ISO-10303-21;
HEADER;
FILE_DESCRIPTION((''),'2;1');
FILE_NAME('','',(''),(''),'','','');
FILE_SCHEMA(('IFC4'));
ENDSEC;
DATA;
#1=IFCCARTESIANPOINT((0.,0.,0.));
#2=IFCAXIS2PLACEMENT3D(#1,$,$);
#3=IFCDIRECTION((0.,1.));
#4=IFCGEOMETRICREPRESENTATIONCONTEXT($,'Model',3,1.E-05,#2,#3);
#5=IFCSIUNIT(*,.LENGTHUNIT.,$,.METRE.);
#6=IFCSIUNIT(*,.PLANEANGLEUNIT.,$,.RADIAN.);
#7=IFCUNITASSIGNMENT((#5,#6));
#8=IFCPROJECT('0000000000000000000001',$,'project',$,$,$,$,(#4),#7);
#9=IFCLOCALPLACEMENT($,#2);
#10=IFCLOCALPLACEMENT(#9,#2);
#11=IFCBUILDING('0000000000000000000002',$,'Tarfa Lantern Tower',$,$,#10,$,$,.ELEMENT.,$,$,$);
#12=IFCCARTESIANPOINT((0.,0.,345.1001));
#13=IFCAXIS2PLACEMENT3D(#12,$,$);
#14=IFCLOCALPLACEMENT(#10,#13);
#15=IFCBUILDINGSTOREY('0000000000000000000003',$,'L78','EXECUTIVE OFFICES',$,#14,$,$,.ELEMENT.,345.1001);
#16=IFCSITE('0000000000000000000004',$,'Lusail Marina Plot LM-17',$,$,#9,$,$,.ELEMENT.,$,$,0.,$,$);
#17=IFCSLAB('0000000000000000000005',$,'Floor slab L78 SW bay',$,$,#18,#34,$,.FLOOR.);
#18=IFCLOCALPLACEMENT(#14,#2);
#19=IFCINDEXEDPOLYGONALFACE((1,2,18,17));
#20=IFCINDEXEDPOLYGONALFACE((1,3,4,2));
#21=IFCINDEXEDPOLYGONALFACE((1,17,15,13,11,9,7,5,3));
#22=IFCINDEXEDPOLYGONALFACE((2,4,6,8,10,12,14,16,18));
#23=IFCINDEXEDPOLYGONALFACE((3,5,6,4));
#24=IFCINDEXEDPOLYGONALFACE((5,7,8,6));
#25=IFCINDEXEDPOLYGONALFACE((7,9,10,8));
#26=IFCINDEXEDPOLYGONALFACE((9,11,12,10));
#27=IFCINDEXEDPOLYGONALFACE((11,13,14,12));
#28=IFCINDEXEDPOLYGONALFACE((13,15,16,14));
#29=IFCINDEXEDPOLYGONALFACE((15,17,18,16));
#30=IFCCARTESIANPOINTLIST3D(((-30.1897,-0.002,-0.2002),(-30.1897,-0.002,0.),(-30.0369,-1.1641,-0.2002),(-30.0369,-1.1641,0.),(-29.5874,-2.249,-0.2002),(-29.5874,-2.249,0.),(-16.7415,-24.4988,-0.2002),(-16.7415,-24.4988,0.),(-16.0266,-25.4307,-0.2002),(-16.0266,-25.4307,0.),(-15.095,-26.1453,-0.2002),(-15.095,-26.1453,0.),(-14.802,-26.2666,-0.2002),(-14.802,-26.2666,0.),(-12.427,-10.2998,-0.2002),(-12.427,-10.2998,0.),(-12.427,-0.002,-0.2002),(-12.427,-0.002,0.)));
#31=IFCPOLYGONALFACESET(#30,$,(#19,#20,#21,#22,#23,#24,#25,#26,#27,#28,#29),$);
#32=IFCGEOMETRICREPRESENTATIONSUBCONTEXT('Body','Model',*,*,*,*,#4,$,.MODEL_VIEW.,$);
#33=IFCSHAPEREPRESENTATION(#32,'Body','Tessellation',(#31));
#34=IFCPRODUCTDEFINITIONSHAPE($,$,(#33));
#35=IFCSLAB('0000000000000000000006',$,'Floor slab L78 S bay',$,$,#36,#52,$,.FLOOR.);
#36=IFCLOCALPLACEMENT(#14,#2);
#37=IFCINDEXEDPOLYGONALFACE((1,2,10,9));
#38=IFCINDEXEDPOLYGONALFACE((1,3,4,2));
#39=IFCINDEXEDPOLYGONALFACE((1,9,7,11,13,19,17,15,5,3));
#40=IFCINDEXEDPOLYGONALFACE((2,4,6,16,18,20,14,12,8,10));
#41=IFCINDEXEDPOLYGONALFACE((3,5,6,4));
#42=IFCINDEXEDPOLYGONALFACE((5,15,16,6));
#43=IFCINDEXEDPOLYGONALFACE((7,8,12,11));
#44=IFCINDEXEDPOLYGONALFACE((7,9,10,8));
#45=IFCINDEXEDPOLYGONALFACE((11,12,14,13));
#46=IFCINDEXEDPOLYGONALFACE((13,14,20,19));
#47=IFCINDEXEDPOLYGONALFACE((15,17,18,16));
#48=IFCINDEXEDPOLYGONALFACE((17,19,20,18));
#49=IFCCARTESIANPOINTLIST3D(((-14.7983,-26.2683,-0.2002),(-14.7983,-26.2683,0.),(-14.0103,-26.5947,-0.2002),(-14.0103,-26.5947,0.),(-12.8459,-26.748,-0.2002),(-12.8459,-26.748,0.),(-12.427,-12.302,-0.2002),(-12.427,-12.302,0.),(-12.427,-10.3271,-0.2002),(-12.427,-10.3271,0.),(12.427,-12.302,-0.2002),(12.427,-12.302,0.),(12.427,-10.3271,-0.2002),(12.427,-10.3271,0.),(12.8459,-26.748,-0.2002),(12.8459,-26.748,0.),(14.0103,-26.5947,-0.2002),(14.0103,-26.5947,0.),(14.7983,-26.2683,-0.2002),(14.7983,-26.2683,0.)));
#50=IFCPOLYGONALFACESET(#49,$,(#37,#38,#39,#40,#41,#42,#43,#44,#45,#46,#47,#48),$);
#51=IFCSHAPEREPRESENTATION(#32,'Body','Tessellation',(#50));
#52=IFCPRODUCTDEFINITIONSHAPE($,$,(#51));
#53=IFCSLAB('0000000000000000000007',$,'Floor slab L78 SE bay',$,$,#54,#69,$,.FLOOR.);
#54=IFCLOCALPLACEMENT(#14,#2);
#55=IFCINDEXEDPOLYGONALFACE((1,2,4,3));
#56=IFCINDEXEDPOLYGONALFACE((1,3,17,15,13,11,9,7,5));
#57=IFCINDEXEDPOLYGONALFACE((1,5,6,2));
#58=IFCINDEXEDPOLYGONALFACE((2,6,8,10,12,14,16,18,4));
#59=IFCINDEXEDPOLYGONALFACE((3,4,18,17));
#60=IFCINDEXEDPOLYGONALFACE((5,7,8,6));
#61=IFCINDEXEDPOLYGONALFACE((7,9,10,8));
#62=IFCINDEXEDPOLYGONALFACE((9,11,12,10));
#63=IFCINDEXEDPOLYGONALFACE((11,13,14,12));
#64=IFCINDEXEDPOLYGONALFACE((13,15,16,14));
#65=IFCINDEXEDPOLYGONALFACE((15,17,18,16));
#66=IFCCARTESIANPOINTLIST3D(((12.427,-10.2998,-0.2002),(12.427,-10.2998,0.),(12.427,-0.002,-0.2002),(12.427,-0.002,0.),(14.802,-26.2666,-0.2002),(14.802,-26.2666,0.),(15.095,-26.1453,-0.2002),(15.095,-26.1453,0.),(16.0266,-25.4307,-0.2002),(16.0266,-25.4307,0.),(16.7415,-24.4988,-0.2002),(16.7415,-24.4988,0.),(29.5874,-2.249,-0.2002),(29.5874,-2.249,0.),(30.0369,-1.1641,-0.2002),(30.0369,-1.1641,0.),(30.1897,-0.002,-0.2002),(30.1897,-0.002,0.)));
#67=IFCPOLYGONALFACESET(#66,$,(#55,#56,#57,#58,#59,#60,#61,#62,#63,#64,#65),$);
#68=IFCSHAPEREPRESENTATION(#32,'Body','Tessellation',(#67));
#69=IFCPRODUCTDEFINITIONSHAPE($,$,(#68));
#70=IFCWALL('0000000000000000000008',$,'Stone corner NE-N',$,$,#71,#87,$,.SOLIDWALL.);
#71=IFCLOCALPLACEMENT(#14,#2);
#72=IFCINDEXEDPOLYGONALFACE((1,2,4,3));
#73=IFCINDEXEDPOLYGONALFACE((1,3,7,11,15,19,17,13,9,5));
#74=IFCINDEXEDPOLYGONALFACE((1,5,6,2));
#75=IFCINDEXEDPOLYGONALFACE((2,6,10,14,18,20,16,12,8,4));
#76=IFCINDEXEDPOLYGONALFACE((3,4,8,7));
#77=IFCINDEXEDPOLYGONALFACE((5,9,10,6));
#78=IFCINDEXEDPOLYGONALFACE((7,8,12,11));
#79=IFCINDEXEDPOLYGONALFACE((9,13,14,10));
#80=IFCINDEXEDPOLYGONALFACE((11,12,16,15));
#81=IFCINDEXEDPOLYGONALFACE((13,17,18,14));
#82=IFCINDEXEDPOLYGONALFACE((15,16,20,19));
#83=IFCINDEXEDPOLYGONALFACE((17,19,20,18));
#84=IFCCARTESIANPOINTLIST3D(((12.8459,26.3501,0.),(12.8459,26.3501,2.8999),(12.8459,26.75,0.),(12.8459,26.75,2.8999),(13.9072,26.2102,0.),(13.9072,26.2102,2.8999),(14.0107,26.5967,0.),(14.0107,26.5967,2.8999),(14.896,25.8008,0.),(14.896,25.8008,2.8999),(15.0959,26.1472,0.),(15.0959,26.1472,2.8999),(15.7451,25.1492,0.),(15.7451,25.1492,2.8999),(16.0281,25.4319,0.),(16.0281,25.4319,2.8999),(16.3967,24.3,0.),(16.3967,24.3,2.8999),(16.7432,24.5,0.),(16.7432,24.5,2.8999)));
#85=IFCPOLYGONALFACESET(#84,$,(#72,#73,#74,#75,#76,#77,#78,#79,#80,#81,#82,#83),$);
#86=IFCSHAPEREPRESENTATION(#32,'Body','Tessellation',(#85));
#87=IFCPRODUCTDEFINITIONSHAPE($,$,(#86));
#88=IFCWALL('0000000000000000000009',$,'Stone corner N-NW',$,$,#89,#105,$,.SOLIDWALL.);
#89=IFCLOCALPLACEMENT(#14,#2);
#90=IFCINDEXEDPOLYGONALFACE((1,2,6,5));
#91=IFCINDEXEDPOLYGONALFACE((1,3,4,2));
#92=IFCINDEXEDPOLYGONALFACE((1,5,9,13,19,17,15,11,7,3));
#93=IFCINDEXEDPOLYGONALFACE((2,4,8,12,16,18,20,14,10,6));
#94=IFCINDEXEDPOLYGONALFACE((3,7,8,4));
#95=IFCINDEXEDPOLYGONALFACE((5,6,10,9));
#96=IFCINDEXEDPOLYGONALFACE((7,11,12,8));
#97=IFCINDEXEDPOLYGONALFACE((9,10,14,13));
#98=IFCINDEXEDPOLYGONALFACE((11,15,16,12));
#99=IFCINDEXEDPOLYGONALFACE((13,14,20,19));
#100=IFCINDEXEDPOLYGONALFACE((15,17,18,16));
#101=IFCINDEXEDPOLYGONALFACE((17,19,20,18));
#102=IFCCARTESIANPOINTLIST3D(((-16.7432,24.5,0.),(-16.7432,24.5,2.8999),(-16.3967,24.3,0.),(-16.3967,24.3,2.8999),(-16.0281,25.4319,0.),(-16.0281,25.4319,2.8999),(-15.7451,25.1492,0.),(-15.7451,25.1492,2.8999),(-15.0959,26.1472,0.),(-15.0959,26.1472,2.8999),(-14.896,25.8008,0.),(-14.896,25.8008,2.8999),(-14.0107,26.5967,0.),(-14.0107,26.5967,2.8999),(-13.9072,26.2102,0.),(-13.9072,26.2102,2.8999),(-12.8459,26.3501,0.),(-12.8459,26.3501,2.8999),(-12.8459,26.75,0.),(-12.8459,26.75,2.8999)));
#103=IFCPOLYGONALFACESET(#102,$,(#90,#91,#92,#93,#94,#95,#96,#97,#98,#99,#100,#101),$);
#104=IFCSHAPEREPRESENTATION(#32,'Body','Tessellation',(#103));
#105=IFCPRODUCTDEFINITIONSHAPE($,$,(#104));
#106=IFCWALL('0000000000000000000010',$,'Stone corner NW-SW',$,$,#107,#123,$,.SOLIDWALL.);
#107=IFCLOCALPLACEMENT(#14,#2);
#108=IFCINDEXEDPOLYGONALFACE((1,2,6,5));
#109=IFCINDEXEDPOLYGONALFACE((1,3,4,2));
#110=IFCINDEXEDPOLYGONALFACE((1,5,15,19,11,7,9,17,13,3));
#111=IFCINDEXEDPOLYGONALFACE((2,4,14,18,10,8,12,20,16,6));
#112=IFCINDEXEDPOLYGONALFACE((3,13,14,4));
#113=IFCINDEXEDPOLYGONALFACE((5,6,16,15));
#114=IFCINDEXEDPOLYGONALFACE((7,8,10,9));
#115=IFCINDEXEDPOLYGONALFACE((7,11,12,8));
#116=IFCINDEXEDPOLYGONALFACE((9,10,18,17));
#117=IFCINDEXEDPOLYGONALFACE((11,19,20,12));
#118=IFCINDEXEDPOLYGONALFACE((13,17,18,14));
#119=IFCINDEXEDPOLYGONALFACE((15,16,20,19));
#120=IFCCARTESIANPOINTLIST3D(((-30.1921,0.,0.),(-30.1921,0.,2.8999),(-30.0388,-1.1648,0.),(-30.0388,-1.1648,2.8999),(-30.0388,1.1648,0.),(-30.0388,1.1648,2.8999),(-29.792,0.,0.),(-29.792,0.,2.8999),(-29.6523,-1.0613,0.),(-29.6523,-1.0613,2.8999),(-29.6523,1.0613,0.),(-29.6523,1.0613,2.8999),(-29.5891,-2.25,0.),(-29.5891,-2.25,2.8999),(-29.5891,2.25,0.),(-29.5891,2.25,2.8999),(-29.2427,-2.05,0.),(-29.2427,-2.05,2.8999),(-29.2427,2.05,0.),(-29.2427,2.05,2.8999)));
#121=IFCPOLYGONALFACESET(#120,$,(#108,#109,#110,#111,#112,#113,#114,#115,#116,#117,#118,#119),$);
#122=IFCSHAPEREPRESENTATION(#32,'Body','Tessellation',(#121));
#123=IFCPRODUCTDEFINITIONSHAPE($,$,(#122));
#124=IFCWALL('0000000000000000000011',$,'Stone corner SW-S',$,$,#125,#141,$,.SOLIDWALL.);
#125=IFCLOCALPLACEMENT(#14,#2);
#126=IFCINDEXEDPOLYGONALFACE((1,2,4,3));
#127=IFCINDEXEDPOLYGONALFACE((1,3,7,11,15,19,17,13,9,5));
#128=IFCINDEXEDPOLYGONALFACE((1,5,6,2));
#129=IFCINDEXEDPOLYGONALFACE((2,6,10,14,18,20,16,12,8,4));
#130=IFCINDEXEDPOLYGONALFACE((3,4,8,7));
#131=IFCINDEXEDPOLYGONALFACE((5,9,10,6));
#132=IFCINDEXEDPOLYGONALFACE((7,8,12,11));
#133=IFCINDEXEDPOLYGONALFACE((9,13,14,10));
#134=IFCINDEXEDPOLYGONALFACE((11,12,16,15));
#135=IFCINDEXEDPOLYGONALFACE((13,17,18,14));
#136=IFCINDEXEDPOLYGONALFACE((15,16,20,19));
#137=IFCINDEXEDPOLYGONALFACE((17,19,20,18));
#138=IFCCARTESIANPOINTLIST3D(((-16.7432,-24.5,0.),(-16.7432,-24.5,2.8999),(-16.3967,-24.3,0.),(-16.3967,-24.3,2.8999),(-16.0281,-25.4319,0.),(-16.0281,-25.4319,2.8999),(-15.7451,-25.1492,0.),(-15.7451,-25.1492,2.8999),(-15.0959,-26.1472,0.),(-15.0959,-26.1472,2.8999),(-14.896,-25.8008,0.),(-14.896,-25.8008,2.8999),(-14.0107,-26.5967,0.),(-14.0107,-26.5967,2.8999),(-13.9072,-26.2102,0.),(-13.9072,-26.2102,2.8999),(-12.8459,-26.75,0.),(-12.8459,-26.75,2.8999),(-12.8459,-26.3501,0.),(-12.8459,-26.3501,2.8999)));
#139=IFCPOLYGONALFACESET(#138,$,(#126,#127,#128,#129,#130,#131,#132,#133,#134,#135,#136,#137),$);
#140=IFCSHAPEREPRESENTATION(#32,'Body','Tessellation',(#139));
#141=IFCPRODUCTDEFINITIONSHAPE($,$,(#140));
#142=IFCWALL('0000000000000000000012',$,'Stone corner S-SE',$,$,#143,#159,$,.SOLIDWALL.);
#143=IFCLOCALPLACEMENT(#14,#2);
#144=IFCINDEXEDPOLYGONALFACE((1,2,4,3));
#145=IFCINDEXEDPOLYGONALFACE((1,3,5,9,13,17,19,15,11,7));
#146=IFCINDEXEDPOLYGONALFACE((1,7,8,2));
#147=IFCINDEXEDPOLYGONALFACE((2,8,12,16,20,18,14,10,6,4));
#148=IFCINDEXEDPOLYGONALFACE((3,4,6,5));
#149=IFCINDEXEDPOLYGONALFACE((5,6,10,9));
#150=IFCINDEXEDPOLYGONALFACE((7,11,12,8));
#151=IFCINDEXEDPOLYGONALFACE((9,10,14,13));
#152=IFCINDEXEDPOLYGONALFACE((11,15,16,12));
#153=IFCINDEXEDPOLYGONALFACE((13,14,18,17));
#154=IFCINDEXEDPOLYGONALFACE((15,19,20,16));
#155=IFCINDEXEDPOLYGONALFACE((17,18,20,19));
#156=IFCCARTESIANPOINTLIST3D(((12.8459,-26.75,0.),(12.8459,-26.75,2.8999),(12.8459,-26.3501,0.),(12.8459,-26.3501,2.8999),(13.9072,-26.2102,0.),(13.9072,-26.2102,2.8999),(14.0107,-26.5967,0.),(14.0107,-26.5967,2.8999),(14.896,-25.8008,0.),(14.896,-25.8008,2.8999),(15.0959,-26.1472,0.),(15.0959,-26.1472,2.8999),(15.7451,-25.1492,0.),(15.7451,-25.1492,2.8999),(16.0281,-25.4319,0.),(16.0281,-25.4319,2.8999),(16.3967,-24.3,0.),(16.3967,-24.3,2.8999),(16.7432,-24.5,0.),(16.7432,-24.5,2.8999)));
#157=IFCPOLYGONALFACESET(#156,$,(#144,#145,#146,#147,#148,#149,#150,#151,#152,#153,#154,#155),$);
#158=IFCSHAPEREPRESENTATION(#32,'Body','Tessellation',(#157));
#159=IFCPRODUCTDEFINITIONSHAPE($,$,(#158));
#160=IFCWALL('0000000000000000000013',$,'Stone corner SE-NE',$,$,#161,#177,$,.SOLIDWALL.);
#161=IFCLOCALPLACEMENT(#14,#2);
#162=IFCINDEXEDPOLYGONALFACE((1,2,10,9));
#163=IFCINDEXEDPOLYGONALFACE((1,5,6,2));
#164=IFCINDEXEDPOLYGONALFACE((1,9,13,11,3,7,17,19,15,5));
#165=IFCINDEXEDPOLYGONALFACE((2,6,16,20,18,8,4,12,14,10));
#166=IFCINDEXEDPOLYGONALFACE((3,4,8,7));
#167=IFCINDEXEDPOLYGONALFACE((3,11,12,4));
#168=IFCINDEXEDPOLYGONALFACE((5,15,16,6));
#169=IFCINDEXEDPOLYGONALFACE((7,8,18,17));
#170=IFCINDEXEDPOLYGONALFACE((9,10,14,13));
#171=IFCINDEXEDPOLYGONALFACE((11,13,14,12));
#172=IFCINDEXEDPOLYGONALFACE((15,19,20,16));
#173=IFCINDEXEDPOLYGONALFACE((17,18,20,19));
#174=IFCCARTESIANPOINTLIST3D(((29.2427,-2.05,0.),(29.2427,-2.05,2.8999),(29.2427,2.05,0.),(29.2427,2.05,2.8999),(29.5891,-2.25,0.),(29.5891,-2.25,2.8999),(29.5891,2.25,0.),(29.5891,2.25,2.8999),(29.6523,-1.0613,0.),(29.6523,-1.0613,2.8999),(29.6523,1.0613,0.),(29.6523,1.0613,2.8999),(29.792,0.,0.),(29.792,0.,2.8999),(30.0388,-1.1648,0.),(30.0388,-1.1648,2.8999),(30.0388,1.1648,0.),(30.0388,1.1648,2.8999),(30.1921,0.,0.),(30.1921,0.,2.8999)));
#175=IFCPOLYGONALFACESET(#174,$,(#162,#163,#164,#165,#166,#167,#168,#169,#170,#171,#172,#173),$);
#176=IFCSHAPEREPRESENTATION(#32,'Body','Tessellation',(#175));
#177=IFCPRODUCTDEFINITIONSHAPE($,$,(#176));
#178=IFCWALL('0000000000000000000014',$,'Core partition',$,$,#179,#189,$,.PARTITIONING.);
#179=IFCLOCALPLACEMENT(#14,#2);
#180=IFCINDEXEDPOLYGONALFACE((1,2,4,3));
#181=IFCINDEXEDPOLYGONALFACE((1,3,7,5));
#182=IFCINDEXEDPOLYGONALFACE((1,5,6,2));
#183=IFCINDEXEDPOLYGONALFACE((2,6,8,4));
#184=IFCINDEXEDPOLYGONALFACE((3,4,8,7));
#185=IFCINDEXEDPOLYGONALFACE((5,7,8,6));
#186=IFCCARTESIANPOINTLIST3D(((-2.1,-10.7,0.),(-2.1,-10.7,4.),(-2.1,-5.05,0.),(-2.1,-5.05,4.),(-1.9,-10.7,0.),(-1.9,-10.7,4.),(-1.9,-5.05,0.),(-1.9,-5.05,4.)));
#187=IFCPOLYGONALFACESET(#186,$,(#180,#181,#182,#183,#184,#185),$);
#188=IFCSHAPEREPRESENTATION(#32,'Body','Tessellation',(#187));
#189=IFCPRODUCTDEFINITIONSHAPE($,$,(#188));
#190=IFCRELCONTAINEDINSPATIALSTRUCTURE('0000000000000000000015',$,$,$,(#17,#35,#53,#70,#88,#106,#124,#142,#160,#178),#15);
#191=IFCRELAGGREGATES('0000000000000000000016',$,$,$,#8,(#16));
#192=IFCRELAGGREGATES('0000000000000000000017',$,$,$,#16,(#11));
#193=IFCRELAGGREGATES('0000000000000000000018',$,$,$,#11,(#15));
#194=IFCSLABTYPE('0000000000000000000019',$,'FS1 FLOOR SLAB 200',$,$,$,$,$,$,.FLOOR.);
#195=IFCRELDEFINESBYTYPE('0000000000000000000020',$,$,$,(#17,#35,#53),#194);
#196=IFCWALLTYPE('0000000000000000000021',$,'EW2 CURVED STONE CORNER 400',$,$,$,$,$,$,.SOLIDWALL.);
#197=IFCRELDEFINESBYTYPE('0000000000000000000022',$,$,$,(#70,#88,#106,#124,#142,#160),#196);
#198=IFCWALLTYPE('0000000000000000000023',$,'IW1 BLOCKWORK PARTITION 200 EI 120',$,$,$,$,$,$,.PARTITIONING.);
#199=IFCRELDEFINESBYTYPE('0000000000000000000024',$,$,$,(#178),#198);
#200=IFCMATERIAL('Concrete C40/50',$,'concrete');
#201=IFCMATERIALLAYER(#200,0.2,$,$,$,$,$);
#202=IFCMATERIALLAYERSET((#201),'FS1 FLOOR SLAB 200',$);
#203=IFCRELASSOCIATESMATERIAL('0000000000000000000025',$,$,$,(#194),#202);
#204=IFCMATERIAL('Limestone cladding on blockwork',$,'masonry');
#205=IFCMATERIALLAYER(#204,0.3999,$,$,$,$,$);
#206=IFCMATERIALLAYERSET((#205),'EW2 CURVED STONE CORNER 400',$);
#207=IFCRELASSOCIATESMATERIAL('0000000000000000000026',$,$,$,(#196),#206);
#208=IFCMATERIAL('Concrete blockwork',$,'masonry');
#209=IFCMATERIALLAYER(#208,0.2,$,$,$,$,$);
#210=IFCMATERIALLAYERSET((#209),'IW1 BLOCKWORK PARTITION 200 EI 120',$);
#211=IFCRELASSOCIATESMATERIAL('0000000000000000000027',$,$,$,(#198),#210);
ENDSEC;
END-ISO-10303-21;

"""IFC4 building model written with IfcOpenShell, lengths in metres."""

from ifc_helpers import new_model, si_unit, direction, frame, frame_2d, origin, place, context, subcontext, project, spatial, polyline, rectangle, outline, extrude, material, layer, layer_set, type_object, element, save


model = new_model("IFC4")

# Units and contexts
model_context = context("Model", 3, precision=1e-05, world=origin(), true_north=direction((0.0, 1.0)))
body_context = subcontext(model_context, "Body", "Model", "MODEL_VIEW")
ifc_project = project(units=[si_unit("LENGTHUNIT", "METRE"), si_unit("PLANEANGLEUNIT", "RADIAN")], contexts=[model_context])

# Site, building, storey
site_placement = place(None, origin())
site = spatial("IfcSite", under=ifc_project, at=site_placement, Name="Lusail Marina Plot LM-17", CompositionType="ELEMENT", RefElevation=0.0)
building_placement = place(site_placement, origin())
building = spatial("IfcBuilding", under=site, at=building_placement, Name="Tarfa Lantern Tower", CompositionType="ELEMENT")
storey_placement = place(building_placement, frame((0.0, 0.0, 345.1001)))
storey = spatial("IfcBuildingStorey", under=building, at=storey_placement, Name="L78", Description="EXECUTIVE OFFICES", CompositionType="ELEMENT", Elevation=345.1001)

# Slabs
ifc_material_1 = material(Name="Concrete C40/50", Category="concrete")
ifc_layer_1 = layer(ifc_material_1, 0.2)
ifc_layer_set_1 = layer_set([ifc_layer_1], Name="FS1 FLOOR SLAB 200")
slab_type_1 = type_object("IfcSlabType", Name="FS1 FLOOR SLAB 200", PredefinedType="FLOOR", material=ifc_layer_set_1)
slab_1_placement = place(storey_placement, frame((0.0, 0.0, -0.2002)))
element("IfcSlab", 1, at=slab_1_placement, inside=storey, type_object=slab_type_1, Name="Floor slab L78 SW bay", PredefinedType="FLOOR", context=body_context, shape_type="SweptSolid", body=[
    extrude(outline(polyline([(-12.427, -10.2998), (-12.427, -0.002), (-30.1897, -0.002), (-30.0369, -1.1641), (-29.5874, -2.249), (-16.7415, -24.4988), (-16.0266, -25.4307), (-15.095, -26.1453), (-14.802, -26.2666), (-12.427, -10.2998)])), origin(), (0.0, 0.0, 1.0), 0.2002),
])
slab_2_placement = place(storey_placement, frame((0.0, 0.0, -0.2002)))
element("IfcSlab", 2, at=slab_2_placement, inside=storey, type_object=slab_type_1, Name="Floor slab L78 S bay", PredefinedType="FLOOR", context=body_context, shape_type="SweptSolid", body=[
    extrude(outline(polyline([(12.427, -10.3271), (12.427, -12.302), (-12.427, -12.302), (-12.427, -10.3271), (-14.7983, -26.2683), (-14.0103, -26.5947), (-12.8459, -26.748), (12.8459, -26.748), (14.0103, -26.5947), (14.7983, -26.2683), (12.427, -10.3271)])), origin(), (0.0, 0.0, 1.0), 0.2002),
])
slab_3_placement = place(storey_placement, frame((0.0, 0.0, -0.2002)))
element("IfcSlab", 3, at=slab_3_placement, inside=storey, type_object=slab_type_1, Name="Floor slab L78 SE bay", PredefinedType="FLOOR", context=body_context, shape_type="SweptSolid", body=[
    extrude(outline(polyline([(12.427, -0.002), (12.427, -10.2998), (14.802, -26.2666), (15.095, -26.1453), (16.0266, -25.4307), (16.7415, -24.4988), (29.5874, -2.249), (30.0369, -1.1641), (30.1897, -0.002), (12.427, -0.002)])), origin(), (0.0, 0.0, 1.0), 0.2002),
])

# Walls
ifc_material_2 = material(Name="Limestone cladding on blockwork", Category="masonry")
ifc_layer_2 = layer(ifc_material_2, 0.3999)
ifc_layer_set_2 = layer_set([ifc_layer_2], Name="EW2 CURVED STONE CORNER 400")
wall_type_1 = type_object("IfcWallType", Name="EW2 CURVED STONE CORNER 400", PredefinedType="SOLIDWALL", material=ifc_layer_set_2)
wall_1_placement = place(storey_placement, origin())
element("IfcWall", 4, at=wall_1_placement, inside=storey, type_object=wall_type_1, Name="Stone corner NE-N", PredefinedType="SOLIDWALL", context=body_context, shape_type="SweptSolid", body=[
    extrude(outline(polyline([(16.7432, 24.5), (16.0281, 25.4319), (15.0959, 26.1472), (14.0107, 26.5967), (12.8459, 26.75), (12.8459, 26.3501), (13.9072, 26.2102), (14.896, 25.8008), (15.7451, 25.1492), (16.3967, 24.3), (16.7432, 24.5)])), origin(), (0.0, 0.0, 1.0), 2.8999),
])
wall_2_placement = place(storey_placement, origin())
element("IfcWall", 5, at=wall_2_placement, inside=storey, type_object=wall_type_1, Name="Stone corner N-NW", PredefinedType="SOLIDWALL", context=body_context, shape_type="SweptSolid", body=[
    extrude(outline(polyline([(-12.8459, 26.75), (-14.0107, 26.5967), (-15.0959, 26.1472), (-16.0281, 25.4319), (-16.7432, 24.5), (-16.3967, 24.3), (-15.7451, 25.1492), (-14.896, 25.8008), (-13.9072, 26.2102), (-12.8459, 26.3501), (-12.8459, 26.75)])), origin(), (0.0, 0.0, 1.0), 2.8999),
])
wall_3_placement = place(storey_placement, origin())
element("IfcWall", 6, at=wall_3_placement, inside=storey, type_object=wall_type_1, Name="Stone corner NW-SW", PredefinedType="SOLIDWALL", context=body_context, shape_type="SweptSolid", body=[
    extrude(outline(polyline([(-29.5891, 2.25), (-30.0388, 1.1648), (-30.1921, 0.0), (-30.0388, -1.1648), (-29.5891, -2.25), (-29.2427, -2.05), (-29.6523, -1.0613), (-29.792, 0.0), (-29.6523, 1.0613), (-29.2427, 2.05), (-29.5891, 2.25)])), origin(), (0.0, 0.0, 1.0), 2.8999),
])
wall_4_placement = place(storey_placement, origin())
element("IfcWall", 7, at=wall_4_placement, inside=storey, type_object=wall_type_1, Name="Stone corner SW-S", PredefinedType="SOLIDWALL", context=body_context, shape_type="SweptSolid", body=[
    extrude(outline(polyline([(-16.7432, -24.5), (-16.0281, -25.4319), (-15.0959, -26.1472), (-14.0107, -26.5967), (-12.8459, -26.75), (-12.8459, -26.3501), (-13.9072, -26.2102), (-14.896, -25.8008), (-15.7451, -25.1492), (-16.3967, -24.3), (-16.7432, -24.5)])), origin(), (0.0, 0.0, 1.0), 2.8999),
])
wall_5_placement = place(storey_placement, origin())
element("IfcWall", 8, at=wall_5_placement, inside=storey, type_object=wall_type_1, Name="Stone corner S-SE", PredefinedType="SOLIDWALL", context=body_context, shape_type="SweptSolid", body=[
    extrude(outline(polyline([(12.8459, -26.75), (14.0107, -26.5967), (15.0959, -26.1472), (16.0281, -25.4319), (16.7432, -24.5), (16.3967, -24.3), (15.7451, -25.1492), (14.896, -25.8008), (13.9072, -26.2102), (12.8459, -26.3501), (12.8459, -26.75)])), origin(), (0.0, 0.0, 1.0), 2.8999),
])
wall_6_placement = place(storey_placement, origin())
element("IfcWall", 9, at=wall_6_placement, inside=storey, type_object=wall_type_1, Name="Stone corner SE-NE", PredefinedType="SOLIDWALL", context=body_context, shape_type="SweptSolid", body=[
    extrude(outline(polyline([(29.5891, -2.25), (30.0388, -1.1648), (30.1921, 0.0), (30.0388, 1.1648), (29.5891, 2.25), (29.2427, 2.05), (29.6523, 1.0613), (29.792, 0.0), (29.6523, -1.0613), (29.2427, -2.05), (29.5891, -2.25)])), origin(), (0.0, 0.0, 1.0), 2.8999),
])
ifc_material_3 = material(Name="Concrete blockwork", Category="masonry")
ifc_layer_3 = layer(ifc_material_3, 0.2)
ifc_layer_set_3 = layer_set([ifc_layer_3], Name="IW1 BLOCKWORK PARTITION 200 EI 120")
wall_type_2 = type_object("IfcWallType", Name="IW1 BLOCKWORK PARTITION 200 EI 120", PredefinedType="PARTITIONING", material=ifc_layer_set_3)
wall_7_placement = place(storey_placement, frame((-2.0, -5.05, 0.0), z_axis=(0.0, 0.0, 1.0), x_axis=(0.0, -1.0, 0.0)))
element("IfcWall", 10, at=wall_7_placement, inside=storey, type_object=wall_type_2, Name="Core partition", PredefinedType="PARTITIONING", context=body_context, shape_type="SweptSolid", body=[
    extrude(rectangle(XDim=5.6499, YDim=0.2, at=frame_2d((2.825, 0.0))), origin(), (0.0, 0.0, 1.0), 4.0),
])

save(model, "model.ifc")
